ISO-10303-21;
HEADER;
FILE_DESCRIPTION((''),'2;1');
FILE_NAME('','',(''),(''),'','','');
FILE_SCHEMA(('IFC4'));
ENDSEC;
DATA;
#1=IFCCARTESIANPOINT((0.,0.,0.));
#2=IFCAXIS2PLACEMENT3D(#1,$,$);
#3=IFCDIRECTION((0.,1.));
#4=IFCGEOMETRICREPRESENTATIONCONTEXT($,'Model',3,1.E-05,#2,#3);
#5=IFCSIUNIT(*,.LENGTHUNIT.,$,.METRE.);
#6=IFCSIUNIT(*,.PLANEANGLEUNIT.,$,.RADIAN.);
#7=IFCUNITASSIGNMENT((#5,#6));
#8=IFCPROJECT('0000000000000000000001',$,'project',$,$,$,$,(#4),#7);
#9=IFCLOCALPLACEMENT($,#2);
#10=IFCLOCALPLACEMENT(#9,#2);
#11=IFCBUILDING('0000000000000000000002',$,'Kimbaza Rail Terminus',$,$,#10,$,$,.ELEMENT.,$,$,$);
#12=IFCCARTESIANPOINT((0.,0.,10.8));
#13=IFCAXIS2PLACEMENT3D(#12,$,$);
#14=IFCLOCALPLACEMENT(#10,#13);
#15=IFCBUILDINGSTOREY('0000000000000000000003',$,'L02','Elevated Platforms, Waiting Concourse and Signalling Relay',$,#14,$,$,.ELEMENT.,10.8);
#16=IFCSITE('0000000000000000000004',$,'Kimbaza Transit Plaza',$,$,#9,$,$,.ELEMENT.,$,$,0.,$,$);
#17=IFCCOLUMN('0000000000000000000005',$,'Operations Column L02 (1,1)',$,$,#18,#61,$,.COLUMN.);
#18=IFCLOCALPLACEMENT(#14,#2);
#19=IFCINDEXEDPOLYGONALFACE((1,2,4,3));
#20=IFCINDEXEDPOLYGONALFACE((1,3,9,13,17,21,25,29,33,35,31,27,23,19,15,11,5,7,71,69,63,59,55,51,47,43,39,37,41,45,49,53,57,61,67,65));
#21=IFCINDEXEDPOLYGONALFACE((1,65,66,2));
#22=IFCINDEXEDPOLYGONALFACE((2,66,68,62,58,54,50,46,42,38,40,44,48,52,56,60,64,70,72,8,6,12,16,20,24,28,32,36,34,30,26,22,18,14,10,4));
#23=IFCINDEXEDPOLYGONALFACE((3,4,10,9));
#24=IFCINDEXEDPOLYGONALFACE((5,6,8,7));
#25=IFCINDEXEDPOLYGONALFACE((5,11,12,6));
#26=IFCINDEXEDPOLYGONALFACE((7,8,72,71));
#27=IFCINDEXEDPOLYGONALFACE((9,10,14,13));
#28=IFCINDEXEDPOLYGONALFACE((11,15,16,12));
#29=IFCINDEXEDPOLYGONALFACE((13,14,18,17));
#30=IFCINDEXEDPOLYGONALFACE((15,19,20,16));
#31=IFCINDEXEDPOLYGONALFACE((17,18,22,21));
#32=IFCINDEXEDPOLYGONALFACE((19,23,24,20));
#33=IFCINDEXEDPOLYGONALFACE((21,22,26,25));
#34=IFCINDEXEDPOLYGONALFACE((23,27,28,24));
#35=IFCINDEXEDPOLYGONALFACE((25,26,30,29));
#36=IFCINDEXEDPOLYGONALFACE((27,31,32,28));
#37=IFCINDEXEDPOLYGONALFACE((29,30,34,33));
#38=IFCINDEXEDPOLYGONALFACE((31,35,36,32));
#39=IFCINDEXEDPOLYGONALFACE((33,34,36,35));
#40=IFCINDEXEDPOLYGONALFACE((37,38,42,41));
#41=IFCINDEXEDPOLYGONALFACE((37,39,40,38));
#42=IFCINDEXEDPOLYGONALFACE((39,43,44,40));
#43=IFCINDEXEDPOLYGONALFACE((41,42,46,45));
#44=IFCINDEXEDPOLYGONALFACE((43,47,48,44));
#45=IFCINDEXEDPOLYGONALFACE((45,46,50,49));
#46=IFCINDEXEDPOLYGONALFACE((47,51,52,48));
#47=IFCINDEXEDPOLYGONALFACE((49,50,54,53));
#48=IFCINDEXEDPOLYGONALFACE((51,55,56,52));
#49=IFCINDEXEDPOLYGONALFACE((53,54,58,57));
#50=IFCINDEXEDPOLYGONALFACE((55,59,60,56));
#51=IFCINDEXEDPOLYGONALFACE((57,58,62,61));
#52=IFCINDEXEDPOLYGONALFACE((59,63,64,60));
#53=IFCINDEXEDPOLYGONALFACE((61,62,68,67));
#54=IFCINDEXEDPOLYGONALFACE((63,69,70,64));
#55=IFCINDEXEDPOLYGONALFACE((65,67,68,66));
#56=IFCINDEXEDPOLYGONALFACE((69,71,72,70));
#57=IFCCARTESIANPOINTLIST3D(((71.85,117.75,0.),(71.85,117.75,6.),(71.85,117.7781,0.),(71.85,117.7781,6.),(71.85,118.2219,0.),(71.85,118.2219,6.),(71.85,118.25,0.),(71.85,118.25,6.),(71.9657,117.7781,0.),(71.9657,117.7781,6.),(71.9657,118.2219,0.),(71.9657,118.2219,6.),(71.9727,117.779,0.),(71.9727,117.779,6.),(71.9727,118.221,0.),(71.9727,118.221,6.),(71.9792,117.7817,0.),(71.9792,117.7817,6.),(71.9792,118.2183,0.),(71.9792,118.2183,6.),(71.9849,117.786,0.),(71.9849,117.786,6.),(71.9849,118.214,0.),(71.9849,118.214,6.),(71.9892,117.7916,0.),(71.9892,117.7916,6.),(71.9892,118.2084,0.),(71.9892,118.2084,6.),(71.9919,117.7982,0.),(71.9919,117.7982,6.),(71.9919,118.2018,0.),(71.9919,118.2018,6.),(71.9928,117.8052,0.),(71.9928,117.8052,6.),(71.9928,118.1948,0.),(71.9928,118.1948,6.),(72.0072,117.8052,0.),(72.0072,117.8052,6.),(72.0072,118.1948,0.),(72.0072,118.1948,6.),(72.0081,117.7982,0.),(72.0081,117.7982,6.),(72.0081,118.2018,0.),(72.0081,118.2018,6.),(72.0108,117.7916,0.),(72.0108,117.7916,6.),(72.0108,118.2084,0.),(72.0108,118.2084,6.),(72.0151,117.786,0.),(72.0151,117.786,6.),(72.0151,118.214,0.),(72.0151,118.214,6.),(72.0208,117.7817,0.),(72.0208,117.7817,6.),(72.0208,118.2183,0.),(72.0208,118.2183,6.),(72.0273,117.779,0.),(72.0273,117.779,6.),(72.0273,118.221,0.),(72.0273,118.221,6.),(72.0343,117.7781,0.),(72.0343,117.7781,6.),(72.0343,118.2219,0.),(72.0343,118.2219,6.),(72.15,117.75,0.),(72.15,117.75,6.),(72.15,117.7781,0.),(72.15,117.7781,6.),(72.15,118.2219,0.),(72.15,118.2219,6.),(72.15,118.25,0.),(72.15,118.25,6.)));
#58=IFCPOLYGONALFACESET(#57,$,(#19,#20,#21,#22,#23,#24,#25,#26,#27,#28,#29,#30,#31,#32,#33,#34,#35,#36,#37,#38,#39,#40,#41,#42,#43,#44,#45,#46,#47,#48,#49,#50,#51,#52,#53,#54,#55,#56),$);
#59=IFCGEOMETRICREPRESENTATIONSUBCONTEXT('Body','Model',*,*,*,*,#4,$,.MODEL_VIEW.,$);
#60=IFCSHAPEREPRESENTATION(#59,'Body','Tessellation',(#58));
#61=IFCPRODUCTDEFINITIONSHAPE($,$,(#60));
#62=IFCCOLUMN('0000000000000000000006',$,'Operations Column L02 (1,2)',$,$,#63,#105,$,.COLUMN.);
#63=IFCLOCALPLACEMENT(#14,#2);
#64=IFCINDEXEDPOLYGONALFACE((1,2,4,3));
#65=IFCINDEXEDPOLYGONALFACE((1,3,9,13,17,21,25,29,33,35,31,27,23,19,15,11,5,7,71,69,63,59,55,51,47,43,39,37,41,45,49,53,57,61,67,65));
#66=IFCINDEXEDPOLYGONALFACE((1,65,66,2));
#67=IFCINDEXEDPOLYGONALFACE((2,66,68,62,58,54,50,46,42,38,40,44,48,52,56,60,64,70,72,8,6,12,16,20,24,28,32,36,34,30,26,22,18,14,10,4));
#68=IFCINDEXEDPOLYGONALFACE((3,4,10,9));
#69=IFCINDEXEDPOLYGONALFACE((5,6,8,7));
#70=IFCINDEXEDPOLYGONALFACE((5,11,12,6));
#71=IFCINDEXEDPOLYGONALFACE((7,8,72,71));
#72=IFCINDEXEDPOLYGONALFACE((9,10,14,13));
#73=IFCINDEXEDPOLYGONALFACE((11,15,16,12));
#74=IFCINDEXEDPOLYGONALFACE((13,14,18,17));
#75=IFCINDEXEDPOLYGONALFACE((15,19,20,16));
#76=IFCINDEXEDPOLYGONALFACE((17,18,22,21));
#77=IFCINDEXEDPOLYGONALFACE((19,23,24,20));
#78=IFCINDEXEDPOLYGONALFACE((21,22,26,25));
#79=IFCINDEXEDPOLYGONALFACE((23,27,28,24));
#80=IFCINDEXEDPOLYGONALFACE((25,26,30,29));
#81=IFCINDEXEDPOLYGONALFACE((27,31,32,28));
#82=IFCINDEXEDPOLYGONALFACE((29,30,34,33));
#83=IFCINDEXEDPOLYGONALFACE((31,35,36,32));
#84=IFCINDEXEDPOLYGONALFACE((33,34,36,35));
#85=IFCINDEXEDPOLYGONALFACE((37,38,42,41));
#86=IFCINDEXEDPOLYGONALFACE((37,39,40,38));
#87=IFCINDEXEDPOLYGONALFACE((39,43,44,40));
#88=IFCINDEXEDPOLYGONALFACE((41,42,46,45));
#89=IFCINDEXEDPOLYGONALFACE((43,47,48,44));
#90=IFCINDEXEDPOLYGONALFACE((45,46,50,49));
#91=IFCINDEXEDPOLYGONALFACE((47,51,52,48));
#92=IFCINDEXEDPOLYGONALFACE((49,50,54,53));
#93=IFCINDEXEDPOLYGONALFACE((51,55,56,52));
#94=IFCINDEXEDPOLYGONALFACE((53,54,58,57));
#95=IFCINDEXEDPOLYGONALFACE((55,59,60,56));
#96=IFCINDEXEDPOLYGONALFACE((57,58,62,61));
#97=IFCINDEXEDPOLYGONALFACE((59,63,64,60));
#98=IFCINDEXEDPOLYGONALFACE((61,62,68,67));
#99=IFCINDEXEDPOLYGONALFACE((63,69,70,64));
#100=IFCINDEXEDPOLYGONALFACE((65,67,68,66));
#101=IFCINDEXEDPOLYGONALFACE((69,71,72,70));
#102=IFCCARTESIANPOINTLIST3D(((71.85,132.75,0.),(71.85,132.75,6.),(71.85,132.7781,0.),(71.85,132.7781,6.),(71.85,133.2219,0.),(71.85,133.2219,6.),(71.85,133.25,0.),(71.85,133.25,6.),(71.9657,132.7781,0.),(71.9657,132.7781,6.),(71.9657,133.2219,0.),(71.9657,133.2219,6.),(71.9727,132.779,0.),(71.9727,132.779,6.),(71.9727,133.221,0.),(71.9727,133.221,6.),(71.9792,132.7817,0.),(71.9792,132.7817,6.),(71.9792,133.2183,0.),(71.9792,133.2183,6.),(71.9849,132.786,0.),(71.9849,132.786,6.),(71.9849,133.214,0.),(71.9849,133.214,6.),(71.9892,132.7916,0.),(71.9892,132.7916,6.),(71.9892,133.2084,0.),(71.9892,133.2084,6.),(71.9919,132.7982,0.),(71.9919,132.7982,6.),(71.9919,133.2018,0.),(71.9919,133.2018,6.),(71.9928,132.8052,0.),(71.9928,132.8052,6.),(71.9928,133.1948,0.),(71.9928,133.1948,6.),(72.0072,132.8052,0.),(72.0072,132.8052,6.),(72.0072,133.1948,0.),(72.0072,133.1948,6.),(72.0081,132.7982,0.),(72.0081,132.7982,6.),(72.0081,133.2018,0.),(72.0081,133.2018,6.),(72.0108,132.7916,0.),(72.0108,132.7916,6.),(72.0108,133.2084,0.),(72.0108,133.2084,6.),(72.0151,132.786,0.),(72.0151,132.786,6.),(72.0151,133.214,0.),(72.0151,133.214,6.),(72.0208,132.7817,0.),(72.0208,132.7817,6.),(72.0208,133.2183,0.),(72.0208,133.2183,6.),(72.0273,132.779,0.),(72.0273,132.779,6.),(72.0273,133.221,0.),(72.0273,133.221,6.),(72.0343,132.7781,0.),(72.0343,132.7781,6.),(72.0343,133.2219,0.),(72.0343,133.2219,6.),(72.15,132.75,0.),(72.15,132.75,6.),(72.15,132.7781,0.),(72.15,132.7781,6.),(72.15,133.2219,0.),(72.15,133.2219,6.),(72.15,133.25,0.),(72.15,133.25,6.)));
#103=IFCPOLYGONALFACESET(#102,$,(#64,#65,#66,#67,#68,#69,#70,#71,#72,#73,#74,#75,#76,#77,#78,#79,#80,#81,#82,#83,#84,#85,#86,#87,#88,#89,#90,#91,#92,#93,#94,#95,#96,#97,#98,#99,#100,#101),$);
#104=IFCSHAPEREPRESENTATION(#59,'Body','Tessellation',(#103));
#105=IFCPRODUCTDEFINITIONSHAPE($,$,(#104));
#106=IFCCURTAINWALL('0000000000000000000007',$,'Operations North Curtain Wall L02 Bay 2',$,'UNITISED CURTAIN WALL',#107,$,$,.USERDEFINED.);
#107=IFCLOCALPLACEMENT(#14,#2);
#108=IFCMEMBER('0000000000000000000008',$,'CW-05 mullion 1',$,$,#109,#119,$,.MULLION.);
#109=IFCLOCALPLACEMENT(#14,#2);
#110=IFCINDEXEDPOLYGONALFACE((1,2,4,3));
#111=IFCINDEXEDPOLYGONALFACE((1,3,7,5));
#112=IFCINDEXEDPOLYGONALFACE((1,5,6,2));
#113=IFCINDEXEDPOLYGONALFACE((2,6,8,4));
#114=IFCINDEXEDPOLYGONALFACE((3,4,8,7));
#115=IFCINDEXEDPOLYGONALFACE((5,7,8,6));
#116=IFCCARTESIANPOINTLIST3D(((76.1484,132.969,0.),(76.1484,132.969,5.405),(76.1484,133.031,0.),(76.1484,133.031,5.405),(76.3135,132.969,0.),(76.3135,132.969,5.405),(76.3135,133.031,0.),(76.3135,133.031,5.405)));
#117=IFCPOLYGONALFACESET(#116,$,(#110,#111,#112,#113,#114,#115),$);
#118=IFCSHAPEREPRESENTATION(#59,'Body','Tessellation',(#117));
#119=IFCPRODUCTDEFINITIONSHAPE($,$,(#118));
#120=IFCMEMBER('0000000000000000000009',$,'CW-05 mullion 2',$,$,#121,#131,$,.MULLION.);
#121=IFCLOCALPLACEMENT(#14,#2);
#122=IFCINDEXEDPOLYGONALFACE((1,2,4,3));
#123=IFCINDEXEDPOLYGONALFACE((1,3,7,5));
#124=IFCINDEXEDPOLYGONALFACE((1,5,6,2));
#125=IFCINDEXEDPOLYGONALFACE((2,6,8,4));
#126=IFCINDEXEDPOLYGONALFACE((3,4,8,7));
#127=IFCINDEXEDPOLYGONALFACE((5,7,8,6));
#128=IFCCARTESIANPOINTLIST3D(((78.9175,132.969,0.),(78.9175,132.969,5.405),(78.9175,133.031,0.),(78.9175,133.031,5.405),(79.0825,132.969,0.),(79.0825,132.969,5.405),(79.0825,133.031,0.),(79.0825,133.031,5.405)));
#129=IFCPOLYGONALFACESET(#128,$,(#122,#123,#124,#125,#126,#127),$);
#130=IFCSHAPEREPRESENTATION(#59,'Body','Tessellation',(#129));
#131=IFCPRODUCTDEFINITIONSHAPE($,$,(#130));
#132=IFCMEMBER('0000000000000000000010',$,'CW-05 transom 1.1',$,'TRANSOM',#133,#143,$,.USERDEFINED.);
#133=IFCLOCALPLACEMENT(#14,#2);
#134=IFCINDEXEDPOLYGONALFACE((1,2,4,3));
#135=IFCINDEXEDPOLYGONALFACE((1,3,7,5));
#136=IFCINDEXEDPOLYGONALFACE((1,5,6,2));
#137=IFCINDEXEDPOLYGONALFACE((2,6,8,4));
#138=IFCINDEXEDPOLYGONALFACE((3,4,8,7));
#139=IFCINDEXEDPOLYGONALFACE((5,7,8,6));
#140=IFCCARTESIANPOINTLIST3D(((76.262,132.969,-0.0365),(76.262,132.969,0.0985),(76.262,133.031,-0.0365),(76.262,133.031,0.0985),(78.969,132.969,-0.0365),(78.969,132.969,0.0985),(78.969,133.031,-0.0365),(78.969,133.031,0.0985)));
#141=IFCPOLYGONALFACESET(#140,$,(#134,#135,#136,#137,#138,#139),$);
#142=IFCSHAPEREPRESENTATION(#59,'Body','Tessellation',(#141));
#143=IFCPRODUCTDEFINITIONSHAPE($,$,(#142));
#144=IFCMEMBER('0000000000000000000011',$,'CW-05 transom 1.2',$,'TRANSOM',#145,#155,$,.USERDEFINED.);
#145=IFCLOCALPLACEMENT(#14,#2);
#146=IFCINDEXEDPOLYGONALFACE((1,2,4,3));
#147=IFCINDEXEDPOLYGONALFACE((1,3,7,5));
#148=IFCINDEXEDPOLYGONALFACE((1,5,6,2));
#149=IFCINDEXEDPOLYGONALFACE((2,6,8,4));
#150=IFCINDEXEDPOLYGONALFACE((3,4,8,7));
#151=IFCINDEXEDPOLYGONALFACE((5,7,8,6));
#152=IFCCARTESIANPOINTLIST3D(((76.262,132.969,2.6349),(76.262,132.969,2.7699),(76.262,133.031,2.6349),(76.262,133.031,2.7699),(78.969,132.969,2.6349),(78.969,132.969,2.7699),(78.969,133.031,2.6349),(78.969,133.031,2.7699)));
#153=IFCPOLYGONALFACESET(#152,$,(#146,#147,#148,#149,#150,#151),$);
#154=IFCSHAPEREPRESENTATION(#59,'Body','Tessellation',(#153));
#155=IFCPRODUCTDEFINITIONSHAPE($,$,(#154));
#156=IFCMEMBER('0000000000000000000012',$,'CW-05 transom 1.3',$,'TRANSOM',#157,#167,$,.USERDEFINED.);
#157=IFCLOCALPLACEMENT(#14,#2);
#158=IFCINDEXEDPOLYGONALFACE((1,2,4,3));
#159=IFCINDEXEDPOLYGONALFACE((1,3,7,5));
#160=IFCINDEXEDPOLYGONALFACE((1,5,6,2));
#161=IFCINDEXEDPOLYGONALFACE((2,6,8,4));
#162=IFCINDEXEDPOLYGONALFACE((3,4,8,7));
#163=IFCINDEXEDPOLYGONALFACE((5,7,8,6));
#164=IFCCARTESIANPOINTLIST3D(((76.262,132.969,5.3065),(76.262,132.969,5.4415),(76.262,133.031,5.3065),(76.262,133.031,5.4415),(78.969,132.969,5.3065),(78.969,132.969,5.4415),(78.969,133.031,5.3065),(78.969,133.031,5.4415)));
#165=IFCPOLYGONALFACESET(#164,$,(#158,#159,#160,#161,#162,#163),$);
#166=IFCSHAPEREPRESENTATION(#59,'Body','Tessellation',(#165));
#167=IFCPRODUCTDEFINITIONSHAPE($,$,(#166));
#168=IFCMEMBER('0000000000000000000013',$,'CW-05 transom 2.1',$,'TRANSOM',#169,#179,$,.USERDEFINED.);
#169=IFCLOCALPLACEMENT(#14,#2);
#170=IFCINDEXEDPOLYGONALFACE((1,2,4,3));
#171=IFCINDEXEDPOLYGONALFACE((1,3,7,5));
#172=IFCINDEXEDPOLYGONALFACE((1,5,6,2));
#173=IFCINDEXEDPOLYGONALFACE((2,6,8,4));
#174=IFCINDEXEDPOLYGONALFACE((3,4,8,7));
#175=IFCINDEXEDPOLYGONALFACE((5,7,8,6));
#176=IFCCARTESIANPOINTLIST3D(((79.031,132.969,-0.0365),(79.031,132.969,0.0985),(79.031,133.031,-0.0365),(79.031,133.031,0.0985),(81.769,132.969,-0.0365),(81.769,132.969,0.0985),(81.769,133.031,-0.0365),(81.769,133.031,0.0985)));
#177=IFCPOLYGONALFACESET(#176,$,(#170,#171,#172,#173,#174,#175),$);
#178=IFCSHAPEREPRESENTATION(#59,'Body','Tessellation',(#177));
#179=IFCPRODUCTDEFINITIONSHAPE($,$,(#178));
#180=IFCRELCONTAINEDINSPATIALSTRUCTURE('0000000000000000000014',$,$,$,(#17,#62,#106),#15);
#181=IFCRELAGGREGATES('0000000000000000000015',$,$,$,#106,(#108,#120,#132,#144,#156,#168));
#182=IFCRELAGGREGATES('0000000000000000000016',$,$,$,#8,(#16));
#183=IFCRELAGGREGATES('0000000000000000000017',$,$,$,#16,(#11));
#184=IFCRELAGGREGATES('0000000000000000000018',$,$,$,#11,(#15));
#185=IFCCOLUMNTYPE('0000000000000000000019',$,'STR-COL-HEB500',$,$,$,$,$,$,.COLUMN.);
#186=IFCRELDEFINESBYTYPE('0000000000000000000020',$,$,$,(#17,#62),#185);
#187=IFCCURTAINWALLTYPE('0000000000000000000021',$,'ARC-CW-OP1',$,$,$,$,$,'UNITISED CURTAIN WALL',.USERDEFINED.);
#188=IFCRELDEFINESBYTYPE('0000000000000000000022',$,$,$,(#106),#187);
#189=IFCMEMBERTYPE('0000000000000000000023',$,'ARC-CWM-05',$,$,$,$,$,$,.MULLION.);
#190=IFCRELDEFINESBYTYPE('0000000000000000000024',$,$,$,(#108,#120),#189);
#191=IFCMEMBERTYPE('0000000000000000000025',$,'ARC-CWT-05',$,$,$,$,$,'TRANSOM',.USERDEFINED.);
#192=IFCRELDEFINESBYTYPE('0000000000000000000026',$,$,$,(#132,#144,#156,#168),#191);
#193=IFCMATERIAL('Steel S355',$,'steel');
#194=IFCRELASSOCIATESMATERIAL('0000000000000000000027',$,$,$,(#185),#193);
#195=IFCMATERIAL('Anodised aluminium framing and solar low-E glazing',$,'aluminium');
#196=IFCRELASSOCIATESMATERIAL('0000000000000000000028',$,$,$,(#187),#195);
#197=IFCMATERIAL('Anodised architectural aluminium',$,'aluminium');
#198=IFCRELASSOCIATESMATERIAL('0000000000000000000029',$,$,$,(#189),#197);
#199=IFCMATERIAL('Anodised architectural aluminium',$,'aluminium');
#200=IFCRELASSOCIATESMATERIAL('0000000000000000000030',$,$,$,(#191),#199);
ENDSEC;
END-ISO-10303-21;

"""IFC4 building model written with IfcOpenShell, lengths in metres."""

from ifc_helpers import new_model, si_unit, direction, frame, origin, origin_2d, place, context, subcontext, project, spatial, rectangle, i_section, extrude, material, material_profile, profile_set, type_object, element, aggregate, save


model = new_model("IFC4")

# Units and contexts
model_context = context("Model", 3, precision=1e-05, world=origin(), true_north=direction((0.0, 1.0)))
body_context = subcontext(model_context, "Body", "Model", "MODEL_VIEW")
ifc_project = project(units=[si_unit("LENGTHUNIT", "METRE"), si_unit("PLANEANGLEUNIT", "RADIAN")], contexts=[model_context])

# Site, building, storey
site_placement = place(None, origin())
site = spatial("IfcSite", under=ifc_project, at=site_placement, Name="Kimbaza Transit Plaza", CompositionType="ELEMENT", RefElevation=0.0)
building_placement = place(site_placement, origin())
building = spatial("IfcBuilding", under=site, at=building_placement, Name="Kimbaza Rail Terminus", CompositionType="ELEMENT")
storey_placement = place(building_placement, frame((0.0, 0.0, 10.8)))
storey = spatial("IfcBuildingStorey", under=building, at=storey_placement, Name="L02", Description="Elevated Platforms, Waiting Concourse and Signalling Relay", CompositionType="ELEMENT", Elevation=10.8)

# Columns
ifc_material_1 = material(Name="Steel S355", Category="steel")
ifc_material_profile_1 = material_profile(ifc_material_1, i_section(OverallWidth=0.3, OverallDepth=0.5, WebThickness=0.0144, FlangeThickness=0.0281, FilletRadius=0.0271, at=origin_2d()), Name="HEB 500")
ifc_profile_set_1 = profile_set([ifc_material_profile_1], Name="Steel S355")
column_type = type_object("IfcColumnType", Name="STR-COL-HEB500", PredefinedType="COLUMN", material=ifc_profile_set_1)
for number, where, z_axis, x_axis, name in (
    (1, (72.0, 118.0, 0.0), (0.0, 0.0, 1.0), (1.0, 0.0, 0.0), "Operations Column L02 (1,1)"),
    (2, (72.0, 133.0, 0.0), (0.0, 0.0, 1.0), (1.0, 0.0, 0.0), "Operations Column L02 (1,2)"),
):
    element("IfcColumn", number, at=place(storey_placement, frame(where, z_axis=z_axis, x_axis=x_axis)), inside=storey, type_object=column_type, Name=name, PredefinedType="COLUMN", context=body_context, shape_type="SweptSolid", body=[
        extrude(i_section(OverallWidth=0.3, OverallDepth=0.5, WebThickness=0.0144, FlangeThickness=0.0281, FilletRadius=0.0271, at=origin_2d()), origin(), (0.0, 0.0, 1.0), 6.0),
    ])

# Curtain wall, members
ifc_material_2 = material(Name="Anodised aluminium framing and solar low-E glazing", Category="aluminium")
curtain_wall_type = type_object("IfcCurtainWallType", Name="ARC-CW-OP1", ElementType="UNITISED CURTAIN WALL", PredefinedType="USERDEFINED", material=ifc_material_2)
curtain_wall_placement = place(storey_placement, origin())
curtain_wall = element("IfcCurtainWall", 3, at=curtain_wall_placement, inside=storey, type_object=curtain_wall_type, Name="Operations North Curtain Wall L02 Bay 2", ObjectType="UNITISED CURTAIN WALL", PredefinedType="USERDEFINED")
ifc_material_3 = material(Name="Anodised architectural aluminium", Category="aluminium")
ifc_material_profile_2 = material_profile(ifc_material_3, rectangle(XDim=0.062, YDim=0.165, at=origin_2d()), Name="MULLION 62x165")
ifc_profile_set_2 = profile_set([ifc_material_profile_2], Name="Anodised architectural aluminium")
member_type_1 = type_object("IfcMemberType", Name="ARC-CWM-05", PredefinedType="MULLION", material=ifc_profile_set_2)
member_1_placement = place(storey_placement, frame((76.231, 133.0, 0.0), z_axis=(0.0, 0.0, 1.0), x_axis=(0.0, 1.0, 0.0)))
member_1 = element("IfcMember", 4, at=member_1_placement, type_object=member_type_1, Name="CW-05 mullion 1", PredefinedType="MULLION", context=body_context, shape_type="SweptSolid", body=[
    extrude(rectangle(XDim=0.062, YDim=0.165, at=origin_2d()), origin(), (0.0, 0.0, 1.0), 5.405),
])
member_2_placement = place(storey_placement, frame((79.0, 133.0, 0.0), z_axis=(0.0, 0.0, 1.0), x_axis=(0.0, 1.0, 0.0)))
member_2 = element("IfcMember", 5, at=member_2_placement, type_object=member_type_1, Name="CW-05 mullion 2", PredefinedType="MULLION", context=body_context, shape_type="SweptSolid", body=[
    extrude(rectangle(XDim=0.062, YDim=0.165, at=origin_2d()), origin(), (0.0, 0.0, 1.0), 5.405),
])
ifc_material_4 = material(Name="Anodised architectural aluminium", Category="aluminium")
ifc_material_profile_3 = material_profile(ifc_material_4, rectangle(XDim=0.062, YDim=0.135, at=origin_2d()), Name="TRANSOM 62x135")
ifc_profile_set_3 = profile_set([ifc_material_profile_3], Name="Anodised architectural aluminium")
member_type_2 = type_object("IfcMemberType", Name="ARC-CWT-05", ElementType="TRANSOM", PredefinedType="USERDEFINED", material=ifc_profile_set_3)
member_3_placement = place(storey_placement, frame((76.262, 133.0, 0.031), z_axis=(1.0, 0.0, 0.0), x_axis=(0.0, 1.0, 0.0)))
member_3 = element("IfcMember", 6, at=member_3_placement, type_object=member_type_2, Name="CW-05 transom 1.1", ObjectType="TRANSOM", PredefinedType="USERDEFINED", context=body_context, shape_type="SweptSolid", body=[
    extrude(rectangle(XDim=0.062, YDim=0.135, at=origin_2d()), origin(), (0.0, 0.0, 1.0), 2.707),
])
member_4_placement = place(storey_placement, frame((76.262, 133.0, 2.7024), z_axis=(1.0, 0.0, 0.0), x_axis=(0.0, 1.0, 0.0)))
member_4 = element("IfcMember", 7, at=member_4_placement, type_object=member_type_2, Name="CW-05 transom 1.2", ObjectType="TRANSOM", PredefinedType="USERDEFINED", context=body_context, shape_type="SweptSolid", body=[
    extrude(rectangle(XDim=0.062, YDim=0.135, at=origin_2d()), origin(), (0.0, 0.0, 1.0), 2.707),
])
member_5_placement = place(storey_placement, frame((76.262, 133.0, 5.374), z_axis=(1.0, 0.0, 0.0), x_axis=(0.0, 1.0, 0.0)))
member_5 = element("IfcMember", 8, at=member_5_placement, type_object=member_type_2, Name="CW-05 transom 1.3", ObjectType="TRANSOM", PredefinedType="USERDEFINED", context=body_context, shape_type="SweptSolid", body=[
    extrude(rectangle(XDim=0.062, YDim=0.135, at=origin_2d()), origin(), (0.0, 0.0, 1.0), 2.707),
])
member_6_placement = place(storey_placement, frame((79.031, 133.0, 0.031), z_axis=(1.0, 0.0, 0.0), x_axis=(0.0, 1.0, 0.0)))
member_6 = element("IfcMember", 9, at=member_6_placement, type_object=member_type_2, Name="CW-05 transom 2.1", ObjectType="TRANSOM", PredefinedType="USERDEFINED", context=body_context, shape_type="SweptSolid", body=[
    extrude(rectangle(XDim=0.062, YDim=0.135, at=origin_2d()), origin(), (0.0, 0.0, 1.0), 2.738),
])

aggregate(curtain_wall, [member_1, member_2, member_3, member_4, member_5, member_6])

save(model, "model.ifc")
